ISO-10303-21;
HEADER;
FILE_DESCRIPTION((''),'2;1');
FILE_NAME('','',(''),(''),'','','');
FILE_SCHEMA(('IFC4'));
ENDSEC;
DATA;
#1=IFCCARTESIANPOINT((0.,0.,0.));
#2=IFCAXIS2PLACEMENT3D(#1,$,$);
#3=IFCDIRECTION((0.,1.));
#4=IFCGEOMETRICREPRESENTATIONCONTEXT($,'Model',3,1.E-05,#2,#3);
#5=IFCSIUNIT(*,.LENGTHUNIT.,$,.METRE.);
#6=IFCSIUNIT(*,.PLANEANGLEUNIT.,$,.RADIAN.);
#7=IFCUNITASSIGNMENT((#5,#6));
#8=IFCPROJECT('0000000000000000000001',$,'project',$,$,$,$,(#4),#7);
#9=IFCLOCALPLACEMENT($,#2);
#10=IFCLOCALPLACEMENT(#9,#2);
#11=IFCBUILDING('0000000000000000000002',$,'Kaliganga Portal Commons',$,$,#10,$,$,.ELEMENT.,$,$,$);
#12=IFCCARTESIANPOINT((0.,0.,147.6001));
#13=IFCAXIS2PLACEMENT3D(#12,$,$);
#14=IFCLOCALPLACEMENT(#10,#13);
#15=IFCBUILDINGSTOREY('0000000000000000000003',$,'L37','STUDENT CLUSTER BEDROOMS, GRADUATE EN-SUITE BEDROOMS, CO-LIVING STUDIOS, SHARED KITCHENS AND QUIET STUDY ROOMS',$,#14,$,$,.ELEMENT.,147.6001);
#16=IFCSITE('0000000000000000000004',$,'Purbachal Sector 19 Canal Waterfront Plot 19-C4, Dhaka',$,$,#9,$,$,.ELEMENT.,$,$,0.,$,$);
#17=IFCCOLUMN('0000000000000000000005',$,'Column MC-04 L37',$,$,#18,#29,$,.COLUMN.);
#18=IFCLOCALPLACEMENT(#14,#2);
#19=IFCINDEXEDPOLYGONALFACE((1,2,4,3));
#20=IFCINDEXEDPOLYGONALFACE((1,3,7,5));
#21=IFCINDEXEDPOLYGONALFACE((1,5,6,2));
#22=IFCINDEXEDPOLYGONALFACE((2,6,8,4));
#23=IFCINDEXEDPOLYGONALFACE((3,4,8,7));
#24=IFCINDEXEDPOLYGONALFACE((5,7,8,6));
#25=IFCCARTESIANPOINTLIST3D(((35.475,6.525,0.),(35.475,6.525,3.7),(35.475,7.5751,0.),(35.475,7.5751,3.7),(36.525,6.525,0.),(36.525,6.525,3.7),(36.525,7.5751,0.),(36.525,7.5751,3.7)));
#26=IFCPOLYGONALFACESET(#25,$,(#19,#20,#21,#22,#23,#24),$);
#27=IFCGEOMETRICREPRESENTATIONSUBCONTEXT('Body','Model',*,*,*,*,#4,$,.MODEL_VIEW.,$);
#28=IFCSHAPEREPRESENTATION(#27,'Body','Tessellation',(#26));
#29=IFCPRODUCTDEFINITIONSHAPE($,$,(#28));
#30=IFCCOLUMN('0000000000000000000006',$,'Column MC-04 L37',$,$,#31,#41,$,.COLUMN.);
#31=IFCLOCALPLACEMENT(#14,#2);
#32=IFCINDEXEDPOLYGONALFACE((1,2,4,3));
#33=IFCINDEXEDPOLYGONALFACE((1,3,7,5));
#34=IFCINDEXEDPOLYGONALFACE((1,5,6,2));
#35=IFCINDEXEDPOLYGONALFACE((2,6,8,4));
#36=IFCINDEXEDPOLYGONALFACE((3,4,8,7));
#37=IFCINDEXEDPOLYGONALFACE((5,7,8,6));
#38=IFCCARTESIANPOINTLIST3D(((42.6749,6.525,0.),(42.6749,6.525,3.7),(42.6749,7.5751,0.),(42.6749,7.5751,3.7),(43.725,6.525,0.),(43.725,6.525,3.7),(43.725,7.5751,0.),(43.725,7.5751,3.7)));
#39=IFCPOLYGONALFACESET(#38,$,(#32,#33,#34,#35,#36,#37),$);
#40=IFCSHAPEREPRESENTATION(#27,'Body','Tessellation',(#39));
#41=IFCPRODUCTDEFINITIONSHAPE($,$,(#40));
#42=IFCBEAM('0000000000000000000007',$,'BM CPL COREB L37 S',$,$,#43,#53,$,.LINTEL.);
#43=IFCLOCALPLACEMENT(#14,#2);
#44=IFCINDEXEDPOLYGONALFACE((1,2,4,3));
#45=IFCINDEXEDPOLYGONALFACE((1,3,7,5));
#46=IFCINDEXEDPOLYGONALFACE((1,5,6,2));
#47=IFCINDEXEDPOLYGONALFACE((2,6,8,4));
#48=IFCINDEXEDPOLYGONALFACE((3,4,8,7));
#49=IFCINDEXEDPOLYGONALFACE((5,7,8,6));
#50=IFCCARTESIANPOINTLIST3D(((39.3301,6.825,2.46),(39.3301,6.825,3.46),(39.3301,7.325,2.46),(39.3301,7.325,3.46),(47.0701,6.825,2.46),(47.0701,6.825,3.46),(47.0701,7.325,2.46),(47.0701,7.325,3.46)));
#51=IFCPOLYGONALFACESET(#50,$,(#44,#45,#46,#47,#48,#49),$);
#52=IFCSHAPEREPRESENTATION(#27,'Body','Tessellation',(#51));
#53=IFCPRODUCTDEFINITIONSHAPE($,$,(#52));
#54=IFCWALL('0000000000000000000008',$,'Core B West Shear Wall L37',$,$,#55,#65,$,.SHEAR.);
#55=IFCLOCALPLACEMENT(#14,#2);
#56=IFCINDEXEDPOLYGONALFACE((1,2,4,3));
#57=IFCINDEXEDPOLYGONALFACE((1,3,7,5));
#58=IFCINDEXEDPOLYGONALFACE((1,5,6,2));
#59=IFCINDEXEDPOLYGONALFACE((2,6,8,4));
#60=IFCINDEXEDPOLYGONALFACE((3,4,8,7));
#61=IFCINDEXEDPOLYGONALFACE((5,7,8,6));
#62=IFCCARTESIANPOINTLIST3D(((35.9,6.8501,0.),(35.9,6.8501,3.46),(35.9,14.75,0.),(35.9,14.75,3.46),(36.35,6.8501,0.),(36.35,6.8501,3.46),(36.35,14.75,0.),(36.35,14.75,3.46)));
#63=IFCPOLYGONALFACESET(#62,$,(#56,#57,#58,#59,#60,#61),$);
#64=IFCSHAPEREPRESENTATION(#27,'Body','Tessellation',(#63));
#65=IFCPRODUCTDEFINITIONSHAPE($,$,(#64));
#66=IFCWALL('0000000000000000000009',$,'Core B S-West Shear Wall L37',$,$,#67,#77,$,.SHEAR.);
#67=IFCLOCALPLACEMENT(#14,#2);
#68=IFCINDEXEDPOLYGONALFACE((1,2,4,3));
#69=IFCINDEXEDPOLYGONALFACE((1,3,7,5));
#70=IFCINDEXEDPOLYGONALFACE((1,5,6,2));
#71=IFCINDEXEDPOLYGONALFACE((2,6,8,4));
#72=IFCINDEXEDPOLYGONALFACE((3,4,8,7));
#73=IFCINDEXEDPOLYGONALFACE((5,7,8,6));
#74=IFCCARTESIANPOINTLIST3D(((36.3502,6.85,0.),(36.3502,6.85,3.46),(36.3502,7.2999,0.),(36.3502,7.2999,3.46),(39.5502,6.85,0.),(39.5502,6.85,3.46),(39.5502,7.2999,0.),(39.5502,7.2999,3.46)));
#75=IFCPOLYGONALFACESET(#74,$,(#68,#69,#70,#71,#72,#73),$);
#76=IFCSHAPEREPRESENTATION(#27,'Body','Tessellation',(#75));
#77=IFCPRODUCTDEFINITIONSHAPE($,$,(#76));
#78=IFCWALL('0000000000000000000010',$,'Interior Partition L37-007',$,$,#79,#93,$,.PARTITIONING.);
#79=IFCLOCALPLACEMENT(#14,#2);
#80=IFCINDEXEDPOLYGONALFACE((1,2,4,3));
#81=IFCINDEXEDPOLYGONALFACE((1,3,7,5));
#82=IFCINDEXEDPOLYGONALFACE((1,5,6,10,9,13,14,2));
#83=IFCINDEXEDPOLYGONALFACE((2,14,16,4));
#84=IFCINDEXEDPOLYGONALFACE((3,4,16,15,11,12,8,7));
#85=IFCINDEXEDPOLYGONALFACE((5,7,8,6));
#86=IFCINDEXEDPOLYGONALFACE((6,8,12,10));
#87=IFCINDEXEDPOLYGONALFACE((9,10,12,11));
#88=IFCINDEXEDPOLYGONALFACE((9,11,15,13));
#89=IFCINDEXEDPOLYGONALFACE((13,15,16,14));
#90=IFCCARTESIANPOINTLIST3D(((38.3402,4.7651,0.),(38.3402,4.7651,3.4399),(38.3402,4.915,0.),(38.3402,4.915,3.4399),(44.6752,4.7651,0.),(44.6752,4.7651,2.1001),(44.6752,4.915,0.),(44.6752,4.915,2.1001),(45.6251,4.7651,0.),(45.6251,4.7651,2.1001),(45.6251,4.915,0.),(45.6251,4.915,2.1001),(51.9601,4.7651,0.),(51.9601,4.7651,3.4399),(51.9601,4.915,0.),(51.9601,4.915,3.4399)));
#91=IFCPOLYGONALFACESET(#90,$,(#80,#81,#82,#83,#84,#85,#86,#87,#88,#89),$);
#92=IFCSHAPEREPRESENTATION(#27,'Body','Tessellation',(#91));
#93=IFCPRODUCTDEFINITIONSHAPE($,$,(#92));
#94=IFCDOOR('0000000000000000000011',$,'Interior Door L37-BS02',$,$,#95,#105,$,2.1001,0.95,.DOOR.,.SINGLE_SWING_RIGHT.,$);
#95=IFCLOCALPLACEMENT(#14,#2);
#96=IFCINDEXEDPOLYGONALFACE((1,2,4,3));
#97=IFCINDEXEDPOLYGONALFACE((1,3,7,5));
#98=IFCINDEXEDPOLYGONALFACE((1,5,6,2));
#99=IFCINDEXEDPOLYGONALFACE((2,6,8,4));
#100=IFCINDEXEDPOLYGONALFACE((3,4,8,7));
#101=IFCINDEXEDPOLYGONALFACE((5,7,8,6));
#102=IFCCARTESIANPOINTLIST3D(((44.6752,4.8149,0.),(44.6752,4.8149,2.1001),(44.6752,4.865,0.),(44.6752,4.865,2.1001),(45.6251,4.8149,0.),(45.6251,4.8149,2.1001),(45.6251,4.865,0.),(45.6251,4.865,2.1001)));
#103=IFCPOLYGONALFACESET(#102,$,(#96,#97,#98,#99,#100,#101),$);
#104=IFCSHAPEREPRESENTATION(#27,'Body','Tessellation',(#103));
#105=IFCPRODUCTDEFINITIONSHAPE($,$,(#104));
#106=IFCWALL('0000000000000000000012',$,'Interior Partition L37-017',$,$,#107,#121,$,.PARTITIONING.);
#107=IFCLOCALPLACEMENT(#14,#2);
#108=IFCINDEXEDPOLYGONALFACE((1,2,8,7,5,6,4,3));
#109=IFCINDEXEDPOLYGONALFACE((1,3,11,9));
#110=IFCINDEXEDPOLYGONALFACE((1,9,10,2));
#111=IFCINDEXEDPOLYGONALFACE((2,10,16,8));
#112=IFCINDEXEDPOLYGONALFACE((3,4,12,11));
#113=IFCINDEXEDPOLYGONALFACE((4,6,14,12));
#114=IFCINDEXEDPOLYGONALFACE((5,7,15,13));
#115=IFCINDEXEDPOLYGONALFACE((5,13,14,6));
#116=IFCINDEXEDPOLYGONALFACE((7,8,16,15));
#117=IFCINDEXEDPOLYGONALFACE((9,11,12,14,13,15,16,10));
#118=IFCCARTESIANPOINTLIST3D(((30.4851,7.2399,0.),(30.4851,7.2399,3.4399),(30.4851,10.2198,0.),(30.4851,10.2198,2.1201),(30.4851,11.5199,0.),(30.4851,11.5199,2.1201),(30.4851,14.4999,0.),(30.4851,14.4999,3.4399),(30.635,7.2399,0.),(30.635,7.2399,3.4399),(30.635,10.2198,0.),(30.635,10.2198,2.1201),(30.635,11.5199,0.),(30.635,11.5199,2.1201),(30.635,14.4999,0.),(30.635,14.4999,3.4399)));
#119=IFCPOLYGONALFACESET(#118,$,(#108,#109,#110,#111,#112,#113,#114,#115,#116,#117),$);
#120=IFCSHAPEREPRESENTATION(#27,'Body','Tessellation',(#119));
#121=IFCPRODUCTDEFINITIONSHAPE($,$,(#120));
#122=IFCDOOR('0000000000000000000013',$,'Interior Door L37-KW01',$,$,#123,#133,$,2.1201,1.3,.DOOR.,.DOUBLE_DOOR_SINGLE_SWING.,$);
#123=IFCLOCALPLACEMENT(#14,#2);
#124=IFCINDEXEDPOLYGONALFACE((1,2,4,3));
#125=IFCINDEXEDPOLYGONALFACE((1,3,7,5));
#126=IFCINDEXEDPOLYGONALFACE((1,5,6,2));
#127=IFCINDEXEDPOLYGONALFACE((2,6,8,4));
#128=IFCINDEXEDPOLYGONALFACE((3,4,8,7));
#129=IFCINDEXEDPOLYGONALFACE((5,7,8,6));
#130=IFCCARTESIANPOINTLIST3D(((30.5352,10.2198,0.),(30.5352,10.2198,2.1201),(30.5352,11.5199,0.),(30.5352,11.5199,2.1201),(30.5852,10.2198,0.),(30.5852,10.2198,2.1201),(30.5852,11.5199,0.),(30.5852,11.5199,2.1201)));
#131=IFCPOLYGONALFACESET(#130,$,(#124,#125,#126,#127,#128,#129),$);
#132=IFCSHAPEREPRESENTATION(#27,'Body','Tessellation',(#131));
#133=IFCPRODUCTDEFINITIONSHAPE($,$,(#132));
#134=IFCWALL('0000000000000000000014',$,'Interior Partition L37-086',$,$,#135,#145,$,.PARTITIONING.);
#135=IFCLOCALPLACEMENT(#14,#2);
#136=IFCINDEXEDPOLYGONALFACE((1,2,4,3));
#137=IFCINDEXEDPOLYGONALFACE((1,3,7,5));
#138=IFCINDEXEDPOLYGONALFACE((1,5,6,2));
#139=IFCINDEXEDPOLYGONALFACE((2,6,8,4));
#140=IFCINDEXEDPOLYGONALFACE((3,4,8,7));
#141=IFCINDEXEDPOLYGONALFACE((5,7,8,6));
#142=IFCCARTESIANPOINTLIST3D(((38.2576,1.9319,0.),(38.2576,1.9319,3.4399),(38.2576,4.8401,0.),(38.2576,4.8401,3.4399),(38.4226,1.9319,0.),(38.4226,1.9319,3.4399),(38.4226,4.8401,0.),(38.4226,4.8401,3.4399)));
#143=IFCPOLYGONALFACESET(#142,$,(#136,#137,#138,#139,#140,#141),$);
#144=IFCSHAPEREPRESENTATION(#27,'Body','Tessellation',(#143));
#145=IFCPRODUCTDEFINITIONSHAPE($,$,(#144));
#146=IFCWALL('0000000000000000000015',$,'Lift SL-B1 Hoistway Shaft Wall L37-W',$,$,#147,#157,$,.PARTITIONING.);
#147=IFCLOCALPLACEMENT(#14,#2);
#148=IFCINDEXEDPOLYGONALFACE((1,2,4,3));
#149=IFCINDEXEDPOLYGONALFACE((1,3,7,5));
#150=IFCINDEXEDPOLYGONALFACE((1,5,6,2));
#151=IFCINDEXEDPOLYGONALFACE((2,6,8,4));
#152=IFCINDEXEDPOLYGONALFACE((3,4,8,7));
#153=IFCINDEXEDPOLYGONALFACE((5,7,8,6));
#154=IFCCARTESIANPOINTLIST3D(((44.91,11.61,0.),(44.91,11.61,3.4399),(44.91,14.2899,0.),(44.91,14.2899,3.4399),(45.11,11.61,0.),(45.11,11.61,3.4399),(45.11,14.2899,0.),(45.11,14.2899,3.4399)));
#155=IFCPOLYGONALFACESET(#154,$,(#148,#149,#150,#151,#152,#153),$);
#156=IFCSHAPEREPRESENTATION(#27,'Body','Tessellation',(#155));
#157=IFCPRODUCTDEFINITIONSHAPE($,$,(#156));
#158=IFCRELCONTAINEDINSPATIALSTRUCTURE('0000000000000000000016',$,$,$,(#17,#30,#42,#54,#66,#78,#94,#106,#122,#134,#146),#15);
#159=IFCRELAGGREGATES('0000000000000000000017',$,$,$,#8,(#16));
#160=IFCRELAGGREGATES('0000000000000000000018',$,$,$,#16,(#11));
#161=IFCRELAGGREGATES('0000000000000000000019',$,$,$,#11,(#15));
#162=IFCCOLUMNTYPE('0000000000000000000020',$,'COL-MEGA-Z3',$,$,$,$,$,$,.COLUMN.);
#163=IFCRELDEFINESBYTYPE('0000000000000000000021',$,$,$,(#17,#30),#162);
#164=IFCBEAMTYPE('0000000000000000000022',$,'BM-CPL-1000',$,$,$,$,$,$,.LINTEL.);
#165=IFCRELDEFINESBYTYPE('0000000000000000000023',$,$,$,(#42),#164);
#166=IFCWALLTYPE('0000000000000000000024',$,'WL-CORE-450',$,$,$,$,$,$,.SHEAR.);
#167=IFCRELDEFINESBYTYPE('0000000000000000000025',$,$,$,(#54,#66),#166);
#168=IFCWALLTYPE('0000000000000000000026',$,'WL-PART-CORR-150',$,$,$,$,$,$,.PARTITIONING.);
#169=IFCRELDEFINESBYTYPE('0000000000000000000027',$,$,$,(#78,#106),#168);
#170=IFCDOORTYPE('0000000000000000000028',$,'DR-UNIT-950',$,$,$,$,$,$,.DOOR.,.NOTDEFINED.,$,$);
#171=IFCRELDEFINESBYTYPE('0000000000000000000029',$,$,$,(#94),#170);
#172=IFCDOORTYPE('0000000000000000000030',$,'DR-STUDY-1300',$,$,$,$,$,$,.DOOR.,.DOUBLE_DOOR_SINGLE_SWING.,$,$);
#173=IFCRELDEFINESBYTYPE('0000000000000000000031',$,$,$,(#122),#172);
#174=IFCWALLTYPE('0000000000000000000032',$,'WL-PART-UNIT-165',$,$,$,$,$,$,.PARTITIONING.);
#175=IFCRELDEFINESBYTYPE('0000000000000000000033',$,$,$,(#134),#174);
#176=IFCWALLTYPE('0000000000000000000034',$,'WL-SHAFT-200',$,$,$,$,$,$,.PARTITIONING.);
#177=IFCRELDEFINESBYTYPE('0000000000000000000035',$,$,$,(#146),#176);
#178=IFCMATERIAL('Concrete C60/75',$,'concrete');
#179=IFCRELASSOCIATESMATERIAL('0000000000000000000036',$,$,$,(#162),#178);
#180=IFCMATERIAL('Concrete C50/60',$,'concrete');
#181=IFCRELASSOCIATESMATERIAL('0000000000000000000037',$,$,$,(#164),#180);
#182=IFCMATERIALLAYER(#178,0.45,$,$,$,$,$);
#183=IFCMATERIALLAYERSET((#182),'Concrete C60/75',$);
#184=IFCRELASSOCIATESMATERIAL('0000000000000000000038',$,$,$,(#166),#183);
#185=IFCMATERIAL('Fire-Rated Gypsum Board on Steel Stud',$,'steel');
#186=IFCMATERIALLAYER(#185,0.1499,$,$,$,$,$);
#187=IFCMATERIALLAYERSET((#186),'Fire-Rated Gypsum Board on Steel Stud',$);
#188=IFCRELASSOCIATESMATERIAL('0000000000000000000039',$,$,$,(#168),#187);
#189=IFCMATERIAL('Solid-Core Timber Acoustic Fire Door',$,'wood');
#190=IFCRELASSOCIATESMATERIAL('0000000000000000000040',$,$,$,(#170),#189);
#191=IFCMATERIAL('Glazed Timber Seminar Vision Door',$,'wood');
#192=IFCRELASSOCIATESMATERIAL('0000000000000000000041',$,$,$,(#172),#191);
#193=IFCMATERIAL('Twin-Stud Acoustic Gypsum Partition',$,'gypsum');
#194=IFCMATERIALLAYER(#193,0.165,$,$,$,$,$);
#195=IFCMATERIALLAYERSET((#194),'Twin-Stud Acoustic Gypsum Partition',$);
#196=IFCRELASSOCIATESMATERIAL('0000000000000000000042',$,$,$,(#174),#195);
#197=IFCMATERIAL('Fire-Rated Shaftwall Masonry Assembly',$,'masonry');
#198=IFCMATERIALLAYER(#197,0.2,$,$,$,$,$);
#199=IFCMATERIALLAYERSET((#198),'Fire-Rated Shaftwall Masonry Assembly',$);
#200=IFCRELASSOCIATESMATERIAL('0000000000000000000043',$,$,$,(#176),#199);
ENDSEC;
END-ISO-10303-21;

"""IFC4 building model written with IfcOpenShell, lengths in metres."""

from ifc_helpers import new_model, si_unit, direction, frame, frame_2d, origin, origin_2d, place, context, subcontext, project, spatial, rectangle, extrude, source, transform, mapped, material, layer, layer_set, material_profile, profile_set, type_object, element, fill, save


model = new_model("IFC4")

# Units and contexts
model_context = context("Model", 3, precision=1e-05, world=origin(), true_north=direction((0.0, 1.0)))
body_context = subcontext(model_context, "Body", "Model", "MODEL_VIEW")
ifc_project = project(units=[si_unit("LENGTHUNIT", "METRE"), si_unit("PLANEANGLEUNIT", "RADIAN")], contexts=[model_context])

# Site, building, storey
site_placement = place(None, origin())
site = spatial("IfcSite", under=ifc_project, at=site_placement, Name="Purbachal Sector 19 Canal Waterfront Plot 19-C4, Dhaka", CompositionType="ELEMENT", RefElevation=0.0)
building_placement = place(site_placement, origin())
building = spatial("IfcBuilding", under=site, at=building_placement, Name="Kaliganga Portal Commons", CompositionType="ELEMENT")
storey_placement = place(building_placement, frame((0.0, 0.0, 147.6001)))
storey = spatial("IfcBuildingStorey", under=building, at=storey_placement, Name="L37", Description="STUDENT CLUSTER BEDROOMS, GRADUATE EN-SUITE BEDROOMS, CO-LIVING STUDIOS, SHARED KITCHENS AND QUIET STUDY ROOMS", CompositionType="ELEMENT", Elevation=147.6001)

# Columns
ifc_material_1 = material(Name="Concrete C60/75", Category="concrete")
ifc_material_profile_1 = material_profile(ifc_material_1, rectangle(XDim=1.05, YDim=1.05, at=origin_2d()), Name="RC 1050x1050")
ifc_profile_set_1 = profile_set([ifc_material_profile_1], Name="Concrete C60/75")
column_type = type_object("IfcColumnType", Name="COL-MEGA-Z3", PredefinedType="COLUMN", material=ifc_profile_set_1)
shared_shape_1 = source(origin(), body_context, "Body", "SweptSolid", [
    extrude(rectangle(XDim=1.05, YDim=1.05, at=origin_2d()), origin(), (0.0, 0.0, 1.0), 3.7),
])
for number, where, z_axis, x_axis, name in (
    (1, (36.0, 7.05, 0.0), (0.0, 0.0, 1.0), (1.0, 0.0, 0.0), "Column MC-04 L37"),
    (2, (43.2, 7.05, 0.0), (0.0, 0.0, 1.0), (1.0, 0.0, 0.0), "Column MC-04 L37"),
):
    element("IfcColumn", number, at=place(storey_placement, frame(where, z_axis=z_axis, x_axis=x_axis)), inside=storey, type_object=column_type, Name=name, PredefinedType="COLUMN", context=body_context, shape_type="MappedRepresentation", body=[
        mapped(shared_shape_1, transform((0.0, 0.0, 0.0), x_axis=(1.0, 0.0, 0.0), y_axis=(0.0, 1.0, 0.0), z_axis=(0.0, 0.0, 1.0), scale=1.0)),
    ])

# Beam
ifc_material_2 = material(Name="Concrete C50/60", Category="concrete")
ifc_material_profile_2 = material_profile(ifc_material_2, rectangle(XDim=0.5, YDim=1.0, at=origin_2d()), Name="RC 500x1000")
ifc_profile_set_2 = profile_set([ifc_material_profile_2], Name="Concrete C50/60")
beam_type = type_object("IfcBeamType", Name="BM-CPL-1000", PredefinedType="LINTEL", material=ifc_profile_set_2)
shared_shape_2 = source(origin(), body_context, "Body", "SweptSolid", [
    extrude(rectangle(XDim=0.5, YDim=1.0, at=origin_2d()), origin(), (0.0, 0.0, 1.0), 7.74),
])
beam_placement = place(storey_placement, frame((39.3301, 7.075, 2.96), z_axis=(1.0, 0.0, 0.0), x_axis=(0.0, 1.0, 0.0)))
element("IfcBeam", 3, at=beam_placement, inside=storey, type_object=beam_type, Name="BM CPL COREB L37 S", PredefinedType="LINTEL", context=body_context, shape_type="MappedRepresentation", body=[
    mapped(shared_shape_2, transform((0.0, 0.0, 0.0), x_axis=(1.0, 0.0, 0.0), y_axis=(0.0, 1.0, 0.0), z_axis=(0.0, 0.0, 1.0), scale=1.0)),
])

# Walls
ifc_layer_1 = layer(ifc_material_1, 0.45)
ifc_layer_set_1 = layer_set([ifc_layer_1], Name="Concrete C60/75")
wall_type_1 = type_object("IfcWallType", Name="WL-CORE-450", PredefinedType="SHEAR", material=ifc_layer_set_1)
wall_1_placement = place(storey_placement, frame((36.125, 6.8501, 0.0), z_axis=(0.0, 0.0, 1.0), x_axis=(0.0, 1.0, 0.0)))
element("IfcWall", 4, at=wall_1_placement, inside=storey, type_object=wall_type_1, Name="Core B West Shear Wall L37", PredefinedType="SHEAR", context=body_context, shape_type="SweptSolid", body=[
    extrude(rectangle(XDim=7.8999, YDim=0.45, at=frame_2d((3.95, 0.0))), origin(), (0.0, 0.0, 1.0), 3.46),
])
wall_2_placement = place(storey_placement, frame((36.3501, 7.075, 0.0), z_axis=(0.0, 0.0, 1.0), x_axis=(1.0, 0.0, 0.0)))
element("IfcWall", 5, at=wall_2_placement, inside=storey, type_object=wall_type_1, Name="Core B S-West Shear Wall L37", PredefinedType="SHEAR", context=body_context, shape_type="SweptSolid", body=[
    extrude(rectangle(XDim=3.2, YDim=0.45, at=frame_2d((1.6001, 0.0))), origin(), (0.0, 0.0, 1.0), 3.46),
])

# Walls, openings, doors
ifc_material_3 = material(Name="Fire-Rated Gypsum Board on Steel Stud", Category="steel")
ifc_layer_2 = layer(ifc_material_3, 0.1499)
ifc_layer_set_2 = layer_set([ifc_layer_2], Name="Fire-Rated Gypsum Board on Steel Stud")
wall_type_2 = type_object("IfcWallType", Name="WL-PART-CORR-150", PredefinedType="PARTITIONING", material=ifc_layer_set_2)
wall_3_placement = place(storey_placement, frame((38.3401, 4.8401, 0.0), z_axis=(0.0, 0.0, 1.0), x_axis=(1.0, 0.0, 0.0)))
wall_3 = element("IfcWall", 6, at=wall_3_placement, inside=storey, type_object=wall_type_2, Name="Interior Partition L37-007", PredefinedType="PARTITIONING", context=body_context, shape_type="SweptSolid", body=[
    extrude(rectangle(XDim=13.6199, YDim=0.1499, at=frame_2d((6.8101, 0.0))), origin(), (0.0, 0.0, 1.0), 3.4399),
])
opening_1_placement = place(wall_3_placement, frame((6.335, 0.0, 0.0)))
opening_1 = element("IfcOpeningElement", 7, at=opening_1_placement, cuts=wall_3, PredefinedType="OPENING", context=body_context, shape_type="SweptSolid", body=[
    extrude(rectangle(XDim=0.95, YDim=2.1001, at=frame_2d((0.4751, 1.05))), frame((0.0, 0.085, 0.0), z_axis=(0.0, -1.0, 0.0), x_axis=(1.0, 0.0, 0.0)), (0.0, 0.0, 1.0), 0.1699),
])
ifc_material_4 = material(Name="Solid-Core Timber Acoustic Fire Door", Category="wood")
door_type_1 = type_object("IfcDoorType", Name="DR-UNIT-950", OperationType="NOTDEFINED", PredefinedType="DOOR", material=ifc_material_4)
door_1_placement = place(opening_1_placement, origin())
door_1 = element("IfcDoor", 8, at=door_1_placement, inside=storey, type_object=door_type_1, Name="Interior Door L37-BS02", OperationType="SINGLE_SWING_RIGHT", OverallHeight=2.1001, OverallWidth=0.95, PredefinedType="DOOR", context=body_context, shape_type="SweptSolid", body=[
    extrude(rectangle(XDim=0.95, YDim=2.1001, at=frame_2d((0.4751, 1.05))), frame((0.0, 0.0249, 0.0), z_axis=(0.0, -1.0, 0.0), x_axis=(1.0, 0.0, 0.0)), (0.0, 0.0, 1.0), 0.05),
])
fill(opening_1, door_1)
wall_4_placement = place(storey_placement, frame((30.5601, 7.24, 0.0), z_axis=(0.0, 0.0, 1.0), x_axis=(0.0, 1.0, 0.0)))
wall_4 = element("IfcWall", 9, at=wall_4_placement, inside=storey, type_object=wall_type_2, Name="Interior Partition L37-017", PredefinedType="PARTITIONING", context=body_context, shape_type="SweptSolid", body=[
    extrude(rectangle(XDim=7.26, YDim=0.1499, at=frame_2d((3.6299, 0.0))), origin(), (0.0, 0.0, 1.0), 3.4399),
])
opening_2_placement = place(wall_4_placement, frame((2.98, 0.0, 0.0)))
opening_2 = element("IfcOpeningElement", 10, at=opening_2_placement, cuts=wall_4, PredefinedType="OPENING", context=body_context, shape_type="SweptSolid", body=[
    extrude(rectangle(XDim=1.3, YDim=2.1201, at=frame_2d((0.6499, 1.0601))), frame((0.0, 0.085, 0.0), z_axis=(0.0, -1.0, 0.0), x_axis=(1.0, 0.0, 0.0)), (0.0, 0.0, 1.0), 0.1699),
])
ifc_material_5 = material(Name="Glazed Timber Seminar Vision Door", Category="wood")
door_type_2 = type_object("IfcDoorType", Name="DR-STUDY-1300", OperationType="DOUBLE_DOOR_SINGLE_SWING", PredefinedType="DOOR", material=ifc_material_5)
door_2_placement = place(opening_2_placement, origin())
door_2 = element("IfcDoor", 11, at=door_2_placement, inside=storey, type_object=door_type_2, Name="Interior Door L37-KW01", OperationType="DOUBLE_DOOR_SINGLE_SWING", OverallHeight=2.1201, OverallWidth=1.3, PredefinedType="DOOR", context=body_context, shape_type="SweptSolid", body=[
    extrude(rectangle(XDim=1.3, YDim=2.1201, at=frame_2d((0.6499, 1.0601))), frame((0.0, 0.0249, 0.0), z_axis=(0.0, -1.0, 0.0), x_axis=(1.0, 0.0, 0.0)), (0.0, 0.0, 1.0), 0.05),
])
fill(opening_2, door_2)

# Walls
ifc_material_6 = material(Name="Twin-Stud Acoustic Gypsum Partition", Category="gypsum")
ifc_layer_3 = layer(ifc_material_6, 0.165)
ifc_layer_set_3 = layer_set([ifc_layer_3], Name="Twin-Stud Acoustic Gypsum Partition")
wall_type_3 = type_object("IfcWallType", Name="WL-PART-UNIT-165", PredefinedType="PARTITIONING", material=ifc_layer_set_3)
wall_5_placement = place(storey_placement, frame((38.3401, 1.9319, 0.0), z_axis=(0.0, 0.0, 1.0), x_axis=(0.0, 1.0, 0.0)))
element("IfcWall", 12, at=wall_5_placement, inside=storey, type_object=wall_type_3, Name="Interior Partition L37-086", PredefinedType="PARTITIONING", context=body_context, shape_type="SweptSolid", body=[
    extrude(rectangle(XDim=2.9082, YDim=0.165, at=frame_2d((1.4541, 0.0))), origin(), (0.0, 0.0, 1.0), 3.4399),
])
ifc_material_7 = material(Name="Fire-Rated Shaftwall Masonry Assembly", Category="masonry")
ifc_layer_4 = layer(ifc_material_7, 0.2)
ifc_layer_set_4 = layer_set([ifc_layer_4], Name="Fire-Rated Shaftwall Masonry Assembly")
wall_type_4 = type_object("IfcWallType", Name="WL-SHAFT-200", PredefinedType="PARTITIONING", material=ifc_layer_set_4)
wall_6_placement = place(storey_placement, frame((45.01, 11.6101, 0.0), z_axis=(0.0, 0.0, 1.0), x_axis=(0.0, 1.0, 0.0)))
element("IfcWall", 13, at=wall_6_placement, inside=storey, type_object=wall_type_4, Name="Lift SL-B1 Hoistway Shaft Wall L37-W", PredefinedType="PARTITIONING", context=body_context, shape_type="SweptSolid", body=[
    extrude(rectangle(XDim=2.6799, YDim=0.2, at=frame_2d((1.3398, 0.0))), origin(), (0.0, 0.0, 1.0), 3.4399),
])

save(model, "model.ifc")
